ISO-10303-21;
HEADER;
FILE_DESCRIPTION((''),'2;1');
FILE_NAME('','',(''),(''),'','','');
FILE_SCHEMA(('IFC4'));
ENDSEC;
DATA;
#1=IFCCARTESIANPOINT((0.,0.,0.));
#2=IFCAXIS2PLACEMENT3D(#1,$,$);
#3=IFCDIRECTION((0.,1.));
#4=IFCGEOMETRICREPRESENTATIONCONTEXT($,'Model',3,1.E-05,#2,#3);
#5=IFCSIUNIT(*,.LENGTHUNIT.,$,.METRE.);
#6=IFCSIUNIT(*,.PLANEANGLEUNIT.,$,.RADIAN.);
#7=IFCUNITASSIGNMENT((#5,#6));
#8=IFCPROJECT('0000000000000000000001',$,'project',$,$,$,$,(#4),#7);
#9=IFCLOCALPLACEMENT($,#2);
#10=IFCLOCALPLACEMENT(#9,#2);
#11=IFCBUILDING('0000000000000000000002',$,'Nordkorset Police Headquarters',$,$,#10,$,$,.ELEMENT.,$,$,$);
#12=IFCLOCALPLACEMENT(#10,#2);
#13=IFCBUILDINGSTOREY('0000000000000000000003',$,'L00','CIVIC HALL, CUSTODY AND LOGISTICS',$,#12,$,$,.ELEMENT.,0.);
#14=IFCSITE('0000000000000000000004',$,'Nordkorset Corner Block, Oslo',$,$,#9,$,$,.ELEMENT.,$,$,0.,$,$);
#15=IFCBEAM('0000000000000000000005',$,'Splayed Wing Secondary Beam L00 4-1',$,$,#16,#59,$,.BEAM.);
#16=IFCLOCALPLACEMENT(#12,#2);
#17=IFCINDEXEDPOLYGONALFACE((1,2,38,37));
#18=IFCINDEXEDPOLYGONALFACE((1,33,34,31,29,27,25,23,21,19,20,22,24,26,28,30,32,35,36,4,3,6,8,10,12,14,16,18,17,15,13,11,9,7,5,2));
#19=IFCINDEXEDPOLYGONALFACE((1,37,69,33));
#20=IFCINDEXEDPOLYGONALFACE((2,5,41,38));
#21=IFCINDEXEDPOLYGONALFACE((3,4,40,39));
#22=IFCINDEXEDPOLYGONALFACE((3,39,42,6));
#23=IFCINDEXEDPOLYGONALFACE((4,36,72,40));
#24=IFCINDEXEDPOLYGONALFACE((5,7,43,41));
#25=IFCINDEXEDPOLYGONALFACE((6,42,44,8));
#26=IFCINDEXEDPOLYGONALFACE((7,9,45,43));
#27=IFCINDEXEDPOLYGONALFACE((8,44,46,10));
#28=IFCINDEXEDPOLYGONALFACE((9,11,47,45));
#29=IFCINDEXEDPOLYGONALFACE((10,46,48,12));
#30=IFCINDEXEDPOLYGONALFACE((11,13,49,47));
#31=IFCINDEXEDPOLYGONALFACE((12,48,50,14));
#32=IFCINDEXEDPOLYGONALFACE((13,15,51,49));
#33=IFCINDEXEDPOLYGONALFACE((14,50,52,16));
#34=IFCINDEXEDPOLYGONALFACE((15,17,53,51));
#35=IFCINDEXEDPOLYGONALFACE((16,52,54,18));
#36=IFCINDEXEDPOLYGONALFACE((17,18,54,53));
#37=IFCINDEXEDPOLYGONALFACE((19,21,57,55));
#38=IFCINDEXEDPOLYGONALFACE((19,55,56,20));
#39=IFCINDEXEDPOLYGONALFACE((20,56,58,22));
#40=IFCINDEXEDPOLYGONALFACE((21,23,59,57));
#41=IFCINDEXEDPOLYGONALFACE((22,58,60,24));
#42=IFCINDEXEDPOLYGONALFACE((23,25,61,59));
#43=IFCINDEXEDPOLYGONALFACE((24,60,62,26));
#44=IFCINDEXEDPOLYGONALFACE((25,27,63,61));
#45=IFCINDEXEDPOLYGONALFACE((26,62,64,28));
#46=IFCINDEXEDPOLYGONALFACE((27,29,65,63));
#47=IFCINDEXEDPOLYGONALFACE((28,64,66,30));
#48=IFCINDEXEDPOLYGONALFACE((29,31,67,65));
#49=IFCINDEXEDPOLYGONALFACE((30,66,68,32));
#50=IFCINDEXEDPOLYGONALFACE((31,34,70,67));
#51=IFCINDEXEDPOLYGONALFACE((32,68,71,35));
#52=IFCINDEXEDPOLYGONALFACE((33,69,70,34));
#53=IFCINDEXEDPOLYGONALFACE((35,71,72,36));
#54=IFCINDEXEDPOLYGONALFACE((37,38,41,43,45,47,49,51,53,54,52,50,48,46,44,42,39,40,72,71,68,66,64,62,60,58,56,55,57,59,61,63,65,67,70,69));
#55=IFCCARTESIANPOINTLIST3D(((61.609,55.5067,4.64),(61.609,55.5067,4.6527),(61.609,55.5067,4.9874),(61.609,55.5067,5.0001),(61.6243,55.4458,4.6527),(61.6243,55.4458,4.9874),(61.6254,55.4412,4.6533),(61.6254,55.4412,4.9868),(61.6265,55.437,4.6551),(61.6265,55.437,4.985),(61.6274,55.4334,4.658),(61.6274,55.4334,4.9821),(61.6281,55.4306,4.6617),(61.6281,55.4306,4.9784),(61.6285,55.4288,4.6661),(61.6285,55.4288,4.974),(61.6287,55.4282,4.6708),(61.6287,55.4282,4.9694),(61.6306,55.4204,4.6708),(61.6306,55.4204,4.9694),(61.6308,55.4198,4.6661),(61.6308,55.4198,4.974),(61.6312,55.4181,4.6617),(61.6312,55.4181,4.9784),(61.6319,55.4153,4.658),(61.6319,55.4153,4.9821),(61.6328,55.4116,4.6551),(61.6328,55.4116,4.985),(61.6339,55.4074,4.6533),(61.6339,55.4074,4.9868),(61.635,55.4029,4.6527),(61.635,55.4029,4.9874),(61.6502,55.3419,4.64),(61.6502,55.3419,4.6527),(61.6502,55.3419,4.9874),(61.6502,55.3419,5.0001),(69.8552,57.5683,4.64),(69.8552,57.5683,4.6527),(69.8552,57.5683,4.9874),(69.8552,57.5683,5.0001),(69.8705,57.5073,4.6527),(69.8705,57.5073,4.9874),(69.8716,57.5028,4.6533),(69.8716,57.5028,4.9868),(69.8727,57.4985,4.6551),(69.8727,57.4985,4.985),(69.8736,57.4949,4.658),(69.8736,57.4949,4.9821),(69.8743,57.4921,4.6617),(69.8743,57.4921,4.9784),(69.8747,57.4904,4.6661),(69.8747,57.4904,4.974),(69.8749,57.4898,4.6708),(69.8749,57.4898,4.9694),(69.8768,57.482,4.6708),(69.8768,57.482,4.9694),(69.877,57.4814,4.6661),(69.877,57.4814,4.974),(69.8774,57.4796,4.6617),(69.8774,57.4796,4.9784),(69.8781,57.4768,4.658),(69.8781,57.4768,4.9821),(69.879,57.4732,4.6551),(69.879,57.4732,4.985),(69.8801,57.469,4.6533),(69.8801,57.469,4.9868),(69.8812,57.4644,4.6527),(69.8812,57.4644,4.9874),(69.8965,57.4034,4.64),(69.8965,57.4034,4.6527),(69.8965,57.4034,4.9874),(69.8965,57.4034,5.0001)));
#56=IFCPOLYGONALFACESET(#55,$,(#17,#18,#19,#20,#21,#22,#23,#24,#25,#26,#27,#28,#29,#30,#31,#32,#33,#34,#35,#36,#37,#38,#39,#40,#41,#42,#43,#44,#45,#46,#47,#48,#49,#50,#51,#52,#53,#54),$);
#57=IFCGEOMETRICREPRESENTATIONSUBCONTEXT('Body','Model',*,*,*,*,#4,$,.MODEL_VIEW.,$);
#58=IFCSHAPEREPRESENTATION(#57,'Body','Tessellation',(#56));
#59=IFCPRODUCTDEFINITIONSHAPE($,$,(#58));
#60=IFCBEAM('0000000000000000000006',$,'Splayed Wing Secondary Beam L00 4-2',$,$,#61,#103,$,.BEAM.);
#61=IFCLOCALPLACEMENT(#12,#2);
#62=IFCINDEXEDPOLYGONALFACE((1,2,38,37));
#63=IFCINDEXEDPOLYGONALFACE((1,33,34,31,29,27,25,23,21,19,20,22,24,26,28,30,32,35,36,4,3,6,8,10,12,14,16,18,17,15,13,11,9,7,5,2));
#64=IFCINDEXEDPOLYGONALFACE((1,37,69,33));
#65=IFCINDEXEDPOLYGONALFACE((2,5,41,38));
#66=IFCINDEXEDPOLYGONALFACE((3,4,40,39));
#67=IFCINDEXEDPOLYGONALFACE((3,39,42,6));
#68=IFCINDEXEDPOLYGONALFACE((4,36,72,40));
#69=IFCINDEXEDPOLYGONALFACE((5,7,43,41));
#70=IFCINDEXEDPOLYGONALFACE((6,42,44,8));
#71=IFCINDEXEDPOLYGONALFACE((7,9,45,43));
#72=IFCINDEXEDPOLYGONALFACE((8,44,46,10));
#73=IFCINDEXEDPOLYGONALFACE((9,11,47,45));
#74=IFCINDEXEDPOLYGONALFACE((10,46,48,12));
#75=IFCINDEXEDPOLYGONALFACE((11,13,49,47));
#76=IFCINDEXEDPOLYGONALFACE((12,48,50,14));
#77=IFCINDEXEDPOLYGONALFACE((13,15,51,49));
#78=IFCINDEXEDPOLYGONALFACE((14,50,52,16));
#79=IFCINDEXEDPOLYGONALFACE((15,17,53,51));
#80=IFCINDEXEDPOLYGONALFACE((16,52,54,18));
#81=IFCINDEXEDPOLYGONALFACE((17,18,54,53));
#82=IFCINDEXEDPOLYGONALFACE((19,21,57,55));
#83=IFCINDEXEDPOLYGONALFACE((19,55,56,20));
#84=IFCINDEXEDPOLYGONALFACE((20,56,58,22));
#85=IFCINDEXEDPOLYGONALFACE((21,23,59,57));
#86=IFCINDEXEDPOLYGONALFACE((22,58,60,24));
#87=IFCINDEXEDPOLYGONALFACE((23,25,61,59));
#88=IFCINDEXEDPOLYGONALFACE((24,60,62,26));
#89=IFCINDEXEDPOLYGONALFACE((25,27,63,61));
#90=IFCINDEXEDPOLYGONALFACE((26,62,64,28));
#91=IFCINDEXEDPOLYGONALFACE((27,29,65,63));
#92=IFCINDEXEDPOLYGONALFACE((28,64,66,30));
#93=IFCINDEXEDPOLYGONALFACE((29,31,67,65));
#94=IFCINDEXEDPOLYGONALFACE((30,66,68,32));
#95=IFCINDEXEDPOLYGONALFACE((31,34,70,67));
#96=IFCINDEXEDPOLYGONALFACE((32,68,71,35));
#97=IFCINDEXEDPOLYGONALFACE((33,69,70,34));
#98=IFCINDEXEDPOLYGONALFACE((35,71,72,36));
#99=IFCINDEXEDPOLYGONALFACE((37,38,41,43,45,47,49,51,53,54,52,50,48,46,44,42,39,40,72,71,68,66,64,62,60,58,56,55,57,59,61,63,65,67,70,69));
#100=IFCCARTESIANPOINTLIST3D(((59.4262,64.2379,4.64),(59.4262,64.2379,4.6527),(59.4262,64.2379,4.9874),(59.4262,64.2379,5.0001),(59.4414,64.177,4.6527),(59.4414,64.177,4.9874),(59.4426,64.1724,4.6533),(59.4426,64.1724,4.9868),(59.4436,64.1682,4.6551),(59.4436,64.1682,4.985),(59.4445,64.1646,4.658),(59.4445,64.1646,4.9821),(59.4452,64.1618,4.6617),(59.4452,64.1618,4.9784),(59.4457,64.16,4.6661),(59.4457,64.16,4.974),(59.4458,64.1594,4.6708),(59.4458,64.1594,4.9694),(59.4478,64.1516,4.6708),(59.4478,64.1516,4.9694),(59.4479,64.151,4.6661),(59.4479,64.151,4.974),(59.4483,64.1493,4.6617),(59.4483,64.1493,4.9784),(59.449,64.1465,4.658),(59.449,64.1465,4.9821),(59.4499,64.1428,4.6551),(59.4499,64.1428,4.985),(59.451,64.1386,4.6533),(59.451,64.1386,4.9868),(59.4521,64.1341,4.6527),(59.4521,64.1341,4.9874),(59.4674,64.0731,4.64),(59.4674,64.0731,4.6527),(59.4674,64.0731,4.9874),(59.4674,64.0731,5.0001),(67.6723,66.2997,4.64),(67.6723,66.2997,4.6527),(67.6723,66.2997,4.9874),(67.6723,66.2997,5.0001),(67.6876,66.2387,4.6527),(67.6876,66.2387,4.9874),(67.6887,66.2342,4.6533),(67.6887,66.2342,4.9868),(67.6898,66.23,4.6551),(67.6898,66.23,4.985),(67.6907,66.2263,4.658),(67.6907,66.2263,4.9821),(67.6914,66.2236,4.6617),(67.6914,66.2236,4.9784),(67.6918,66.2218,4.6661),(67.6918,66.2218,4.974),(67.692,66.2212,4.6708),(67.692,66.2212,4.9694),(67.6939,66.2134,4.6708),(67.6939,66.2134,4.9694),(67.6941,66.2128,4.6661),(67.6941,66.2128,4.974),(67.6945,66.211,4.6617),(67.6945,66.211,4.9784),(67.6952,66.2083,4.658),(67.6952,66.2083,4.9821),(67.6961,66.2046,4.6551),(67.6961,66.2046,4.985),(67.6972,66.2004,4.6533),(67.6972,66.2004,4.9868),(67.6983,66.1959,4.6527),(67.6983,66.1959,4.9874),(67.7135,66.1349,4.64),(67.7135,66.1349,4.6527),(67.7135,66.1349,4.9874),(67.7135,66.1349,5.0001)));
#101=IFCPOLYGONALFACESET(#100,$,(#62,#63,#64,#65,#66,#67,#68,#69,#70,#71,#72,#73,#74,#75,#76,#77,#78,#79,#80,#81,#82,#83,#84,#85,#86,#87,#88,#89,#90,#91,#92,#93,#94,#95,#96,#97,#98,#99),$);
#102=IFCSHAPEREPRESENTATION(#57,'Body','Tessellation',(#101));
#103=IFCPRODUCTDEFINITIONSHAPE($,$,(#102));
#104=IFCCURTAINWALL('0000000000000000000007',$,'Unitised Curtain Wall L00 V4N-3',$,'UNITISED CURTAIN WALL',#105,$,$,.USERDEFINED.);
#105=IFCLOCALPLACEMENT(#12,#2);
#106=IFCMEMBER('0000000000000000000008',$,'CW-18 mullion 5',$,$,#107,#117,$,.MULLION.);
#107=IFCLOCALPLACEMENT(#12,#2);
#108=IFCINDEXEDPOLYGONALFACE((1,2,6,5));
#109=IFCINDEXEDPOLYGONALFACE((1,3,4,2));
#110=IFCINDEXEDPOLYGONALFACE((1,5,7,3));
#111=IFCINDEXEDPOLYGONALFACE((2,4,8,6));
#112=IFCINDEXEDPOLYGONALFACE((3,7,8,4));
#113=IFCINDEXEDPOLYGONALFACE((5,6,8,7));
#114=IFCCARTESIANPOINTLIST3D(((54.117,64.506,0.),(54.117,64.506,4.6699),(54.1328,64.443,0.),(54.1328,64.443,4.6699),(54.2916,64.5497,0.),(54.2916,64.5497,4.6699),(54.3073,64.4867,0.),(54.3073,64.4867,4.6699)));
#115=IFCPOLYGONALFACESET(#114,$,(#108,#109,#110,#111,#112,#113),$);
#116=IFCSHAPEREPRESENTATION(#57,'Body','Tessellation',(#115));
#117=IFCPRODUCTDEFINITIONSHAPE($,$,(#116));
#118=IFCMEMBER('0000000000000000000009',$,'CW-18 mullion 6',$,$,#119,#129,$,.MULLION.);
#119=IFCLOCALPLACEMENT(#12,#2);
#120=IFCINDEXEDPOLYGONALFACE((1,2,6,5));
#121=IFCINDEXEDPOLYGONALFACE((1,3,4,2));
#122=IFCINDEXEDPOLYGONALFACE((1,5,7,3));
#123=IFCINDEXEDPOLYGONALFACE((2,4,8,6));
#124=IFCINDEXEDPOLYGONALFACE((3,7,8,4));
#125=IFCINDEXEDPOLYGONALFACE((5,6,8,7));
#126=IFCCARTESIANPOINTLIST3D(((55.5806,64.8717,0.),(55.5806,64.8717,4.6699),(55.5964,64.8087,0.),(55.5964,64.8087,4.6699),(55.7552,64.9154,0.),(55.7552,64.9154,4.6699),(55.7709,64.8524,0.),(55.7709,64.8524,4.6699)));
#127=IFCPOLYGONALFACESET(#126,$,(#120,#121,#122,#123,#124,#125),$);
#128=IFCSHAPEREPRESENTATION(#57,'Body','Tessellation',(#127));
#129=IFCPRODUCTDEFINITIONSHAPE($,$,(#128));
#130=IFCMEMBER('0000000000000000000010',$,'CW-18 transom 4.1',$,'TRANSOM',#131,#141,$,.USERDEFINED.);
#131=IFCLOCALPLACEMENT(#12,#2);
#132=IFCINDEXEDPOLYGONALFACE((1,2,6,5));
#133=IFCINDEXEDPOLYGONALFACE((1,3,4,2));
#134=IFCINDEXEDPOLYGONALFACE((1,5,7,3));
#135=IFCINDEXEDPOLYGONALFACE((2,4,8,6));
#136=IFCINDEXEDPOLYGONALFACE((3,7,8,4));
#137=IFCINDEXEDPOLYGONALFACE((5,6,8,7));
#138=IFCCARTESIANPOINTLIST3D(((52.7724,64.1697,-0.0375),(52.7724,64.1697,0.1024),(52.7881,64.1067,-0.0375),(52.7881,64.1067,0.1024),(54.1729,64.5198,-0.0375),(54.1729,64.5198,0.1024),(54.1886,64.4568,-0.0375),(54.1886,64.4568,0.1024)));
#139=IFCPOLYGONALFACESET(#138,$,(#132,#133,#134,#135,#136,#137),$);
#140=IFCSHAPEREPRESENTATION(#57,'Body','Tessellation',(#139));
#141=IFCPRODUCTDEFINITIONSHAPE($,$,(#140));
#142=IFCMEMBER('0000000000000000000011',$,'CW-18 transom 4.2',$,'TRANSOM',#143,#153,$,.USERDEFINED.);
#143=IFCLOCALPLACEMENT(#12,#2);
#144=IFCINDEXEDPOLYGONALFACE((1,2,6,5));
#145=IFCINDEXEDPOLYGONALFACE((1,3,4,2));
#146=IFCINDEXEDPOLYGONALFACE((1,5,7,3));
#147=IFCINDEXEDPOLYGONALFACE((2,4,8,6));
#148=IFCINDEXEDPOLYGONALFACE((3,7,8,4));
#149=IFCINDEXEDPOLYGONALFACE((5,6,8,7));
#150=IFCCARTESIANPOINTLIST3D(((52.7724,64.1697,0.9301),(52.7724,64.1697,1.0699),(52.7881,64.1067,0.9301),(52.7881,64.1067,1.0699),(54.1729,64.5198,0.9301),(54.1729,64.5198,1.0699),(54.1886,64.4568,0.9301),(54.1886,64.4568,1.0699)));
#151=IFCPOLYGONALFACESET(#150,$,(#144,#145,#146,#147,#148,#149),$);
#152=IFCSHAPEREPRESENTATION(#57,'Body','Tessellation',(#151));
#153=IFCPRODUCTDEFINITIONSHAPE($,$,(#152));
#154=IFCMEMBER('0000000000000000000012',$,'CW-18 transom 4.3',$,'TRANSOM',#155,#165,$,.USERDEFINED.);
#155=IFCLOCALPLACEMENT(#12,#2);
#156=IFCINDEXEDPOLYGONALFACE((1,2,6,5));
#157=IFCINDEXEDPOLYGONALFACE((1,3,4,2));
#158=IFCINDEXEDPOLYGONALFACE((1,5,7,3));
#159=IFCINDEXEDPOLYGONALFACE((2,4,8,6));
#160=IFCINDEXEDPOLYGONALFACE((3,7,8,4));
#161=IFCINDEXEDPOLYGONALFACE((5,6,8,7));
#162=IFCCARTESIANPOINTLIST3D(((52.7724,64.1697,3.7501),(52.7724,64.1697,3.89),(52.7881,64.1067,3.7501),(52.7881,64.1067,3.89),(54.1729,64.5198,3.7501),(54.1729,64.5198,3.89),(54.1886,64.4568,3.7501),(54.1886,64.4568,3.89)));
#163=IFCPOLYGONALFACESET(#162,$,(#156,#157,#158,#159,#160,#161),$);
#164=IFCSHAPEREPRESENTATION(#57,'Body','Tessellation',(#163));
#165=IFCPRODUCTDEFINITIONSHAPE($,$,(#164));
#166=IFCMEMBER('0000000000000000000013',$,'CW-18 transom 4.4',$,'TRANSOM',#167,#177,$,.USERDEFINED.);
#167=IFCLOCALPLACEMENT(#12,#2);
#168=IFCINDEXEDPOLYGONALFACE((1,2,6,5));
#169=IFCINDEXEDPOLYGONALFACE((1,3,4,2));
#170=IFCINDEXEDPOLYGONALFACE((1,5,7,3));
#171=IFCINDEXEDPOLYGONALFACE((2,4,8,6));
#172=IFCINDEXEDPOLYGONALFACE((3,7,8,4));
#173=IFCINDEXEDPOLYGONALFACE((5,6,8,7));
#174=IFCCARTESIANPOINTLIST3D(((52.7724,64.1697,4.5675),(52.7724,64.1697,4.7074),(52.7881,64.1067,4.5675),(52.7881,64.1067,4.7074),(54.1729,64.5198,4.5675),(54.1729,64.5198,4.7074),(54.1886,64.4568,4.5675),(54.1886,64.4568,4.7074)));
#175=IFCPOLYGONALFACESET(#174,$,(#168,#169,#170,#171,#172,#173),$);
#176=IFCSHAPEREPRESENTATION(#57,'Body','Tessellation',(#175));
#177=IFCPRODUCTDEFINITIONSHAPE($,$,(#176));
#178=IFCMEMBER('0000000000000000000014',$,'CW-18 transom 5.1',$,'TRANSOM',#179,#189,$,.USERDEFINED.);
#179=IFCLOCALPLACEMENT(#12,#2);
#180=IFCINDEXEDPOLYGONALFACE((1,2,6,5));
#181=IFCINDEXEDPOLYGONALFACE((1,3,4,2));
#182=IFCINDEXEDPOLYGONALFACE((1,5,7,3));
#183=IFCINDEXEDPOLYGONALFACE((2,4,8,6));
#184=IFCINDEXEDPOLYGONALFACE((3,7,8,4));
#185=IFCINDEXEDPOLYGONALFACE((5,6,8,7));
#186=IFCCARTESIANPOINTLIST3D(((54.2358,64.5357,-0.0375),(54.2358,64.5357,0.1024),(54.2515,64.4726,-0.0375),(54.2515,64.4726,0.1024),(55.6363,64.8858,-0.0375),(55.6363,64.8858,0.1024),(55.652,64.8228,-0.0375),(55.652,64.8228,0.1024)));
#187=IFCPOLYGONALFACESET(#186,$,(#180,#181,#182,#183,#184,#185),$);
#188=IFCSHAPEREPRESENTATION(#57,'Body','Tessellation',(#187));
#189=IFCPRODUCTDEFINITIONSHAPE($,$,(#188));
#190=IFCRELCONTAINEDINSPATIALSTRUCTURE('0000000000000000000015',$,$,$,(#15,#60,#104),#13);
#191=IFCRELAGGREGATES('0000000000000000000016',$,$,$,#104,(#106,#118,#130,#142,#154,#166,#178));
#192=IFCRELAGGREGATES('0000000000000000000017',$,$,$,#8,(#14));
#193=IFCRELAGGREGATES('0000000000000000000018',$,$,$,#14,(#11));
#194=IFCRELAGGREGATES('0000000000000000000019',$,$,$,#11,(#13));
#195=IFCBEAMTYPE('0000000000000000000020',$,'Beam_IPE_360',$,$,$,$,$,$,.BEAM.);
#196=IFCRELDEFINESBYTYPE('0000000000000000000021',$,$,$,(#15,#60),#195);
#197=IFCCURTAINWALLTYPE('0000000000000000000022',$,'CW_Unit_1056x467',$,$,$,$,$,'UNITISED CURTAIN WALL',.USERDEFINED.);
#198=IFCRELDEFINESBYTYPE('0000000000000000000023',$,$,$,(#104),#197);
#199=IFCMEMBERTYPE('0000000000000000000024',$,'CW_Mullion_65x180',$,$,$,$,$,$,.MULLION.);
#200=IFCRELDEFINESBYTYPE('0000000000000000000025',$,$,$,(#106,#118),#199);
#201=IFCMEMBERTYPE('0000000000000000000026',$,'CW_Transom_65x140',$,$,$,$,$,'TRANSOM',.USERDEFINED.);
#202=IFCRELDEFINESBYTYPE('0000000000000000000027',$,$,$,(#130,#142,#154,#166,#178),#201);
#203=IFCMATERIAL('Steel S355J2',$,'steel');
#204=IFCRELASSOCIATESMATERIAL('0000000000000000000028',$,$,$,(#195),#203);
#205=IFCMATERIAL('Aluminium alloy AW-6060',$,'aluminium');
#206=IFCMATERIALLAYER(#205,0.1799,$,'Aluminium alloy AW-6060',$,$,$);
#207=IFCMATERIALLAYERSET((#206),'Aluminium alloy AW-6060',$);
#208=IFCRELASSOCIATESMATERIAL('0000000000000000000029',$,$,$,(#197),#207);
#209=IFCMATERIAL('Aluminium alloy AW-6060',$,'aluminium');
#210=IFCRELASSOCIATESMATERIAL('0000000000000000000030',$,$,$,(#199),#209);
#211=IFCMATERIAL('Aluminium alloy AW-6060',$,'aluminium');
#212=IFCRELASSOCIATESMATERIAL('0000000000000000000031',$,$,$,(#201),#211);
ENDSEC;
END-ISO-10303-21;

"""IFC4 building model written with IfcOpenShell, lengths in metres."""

from ifc_helpers import new_model, si_unit, direction, frame, origin, origin_2d, place, context, subcontext, project, spatial, rectangle, i_section, extrude, material, layer, layer_set, material_profile, profile_set, type_object, element, aggregate, save


model = new_model("IFC4")

# Units and contexts
model_context = context("Model", 3, precision=1e-05, world=origin(), true_north=direction((0.0, 1.0)))
body_context = subcontext(model_context, "Body", "Model", "MODEL_VIEW")
ifc_project = project(units=[si_unit("LENGTHUNIT", "METRE"), si_unit("PLANEANGLEUNIT", "RADIAN")], contexts=[model_context])

# Site, building, storey
site_placement = place(None, origin())
site = spatial("IfcSite", under=ifc_project, at=site_placement, Name="Nordkorset Corner Block, Oslo", CompositionType="ELEMENT", RefElevation=0.0)
building_placement = place(site_placement, origin())
building = spatial("IfcBuilding", under=site, at=building_placement, Name="Nordkorset Police Headquarters", CompositionType="ELEMENT")
storey_placement = place(building_placement, origin())
storey = spatial("IfcBuildingStorey", under=building, at=storey_placement, Name="L00", Description="CIVIC HALL, CUSTODY AND LOGISTICS", CompositionType="ELEMENT", Elevation=0.0)

# Beams
ifc_material_1 = material(Name="Steel S355J2", Category="steel")
ifc_material_profile_1 = material_profile(ifc_material_1, i_section(OverallWidth=0.1699, OverallDepth=0.3601, WebThickness=0.0081, FlangeThickness=0.0127, FilletRadius=0.0181, at=origin_2d()), Name="IPE 360")
ifc_profile_set_1 = profile_set([ifc_material_profile_1], Name="Steel S355J2")
beam_type_1 = type_object("IfcBeamType", Name="Beam_IPE_360", PredefinedType="BEAM", material=ifc_profile_set_1)
for number, where, z_axis, x_axis, name in (
    (1, (61.6296, 55.4243, 4.8201), (0.970143, 0.242536, 0.0), (-0.242536, 0.970143, 0.0), "Splayed Wing Secondary Beam L00 4-1"),
    (2, (59.4468, 64.1555, 4.8201), (0.970136, 0.242563, 0.0), (-0.242563, 0.970136, 0.0), "Splayed Wing Secondary Beam L00 4-2"),
):
    element("IfcBeam", number, at=place(storey_placement, frame(where, z_axis=z_axis, x_axis=x_axis)), inside=storey, type_object=beam_type_1, Name=name, PredefinedType="BEAM", context=body_context, shape_type="SweptSolid", body=[
        extrude(i_section(OverallWidth=0.1699, OverallDepth=0.3601, WebThickness=0.0081, FlangeThickness=0.0127, FilletRadius=0.0181, at=origin_2d()), origin(), (0.0, 0.0, 1.0), 8.5),
    ])

# Curtain wall, members
ifc_material_2 = material(Name="Aluminium alloy AW-6060", Category="aluminium")
ifc_layer_1 = layer(ifc_material_2, 0.1799, Name="Aluminium alloy AW-6060")
ifc_layer_set_1 = layer_set([ifc_layer_1], Name="Aluminium alloy AW-6060")
curtain_wall_type = type_object("IfcCurtainWallType", Name="CW_Unit_1056x467", ElementType="UNITISED CURTAIN WALL", PredefinedType="USERDEFINED", material=ifc_layer_set_1)
curtain_wall_placement = place(storey_placement, origin())
curtain_wall = element("IfcCurtainWall", 3, at=curtain_wall_placement, inside=storey, type_object=curtain_wall_type, Name="Unitised Curtain Wall L00 V4N-3", ObjectType="UNITISED CURTAIN WALL", PredefinedType="USERDEFINED")
ifc_material_3 = material(Name="Aluminium alloy AW-6060", Category="aluminium")
ifc_material_profile_2 = material_profile(ifc_material_3, rectangle(XDim=0.0649, YDim=0.1799, at=origin_2d()), Name="ALU MULL 65x180")
ifc_profile_set_2 = profile_set([ifc_material_profile_2], Name="Aluminium alloy AW-6060")
member_type_1 = type_object("IfcMemberType", Name="CW_Mullion_65x180", PredefinedType="MULLION", material=ifc_profile_set_2)
member_1_placement = place(storey_placement, frame((54.2122, 64.4963, 0.0), z_axis=(0.0, 0.0, 1.0), x_axis=(-0.242536, 0.970142, 0.0)))
member_1 = element("IfcMember", 4, at=member_1_placement, type_object=member_type_1, Name="CW-18 mullion 5", PredefinedType="MULLION", context=body_context, shape_type="SweptSolid", body=[
    extrude(rectangle(XDim=0.0649, YDim=0.1799, at=origin_2d()), origin(), (0.0, 0.0, 1.0), 4.6699),
])
member_2_placement = place(storey_placement, frame((55.6758, 64.8621, 0.0), z_axis=(0.0, 0.0, 1.0), x_axis=(-0.242536, 0.970142, 0.0)))
member_2 = element("IfcMember", 5, at=member_2_placement, type_object=member_type_1, Name="CW-18 mullion 6", PredefinedType="MULLION", context=body_context, shape_type="SweptSolid", body=[
    extrude(rectangle(XDim=0.0649, YDim=0.1799, at=origin_2d()), origin(), (0.0, 0.0, 1.0), 4.6699),
])
ifc_material_4 = material(Name="Aluminium alloy AW-6060", Category="aluminium")
ifc_material_profile_3 = material_profile(ifc_material_4, rectangle(XDim=0.0649, YDim=0.1399, at=origin_2d()), Name="ALU TRAN 65x140")
ifc_profile_set_3 = profile_set([ifc_material_profile_3], Name="Aluminium alloy AW-6060")
member_type_2 = type_object("IfcMemberType", Name="CW_Transom_65x140", ElementType="TRANSOM", PredefinedType="USERDEFINED", material=ifc_profile_set_3)
member_3_placement = place(storey_placement, frame((52.7803, 64.1382, 0.0325), z_axis=(0.970143, 0.242536, 0.0), x_axis=(-0.242536, 0.970143, 0.0)))
member_3 = element("IfcMember", 6, at=member_3_placement, type_object=member_type_2, Name="CW-18 transom 4.1", ObjectType="TRANSOM", PredefinedType="USERDEFINED", context=body_context, shape_type="SweptSolid", body=[
    extrude(rectangle(XDim=0.0649, YDim=0.1399, at=origin_2d()), origin(), (0.0, 0.0, 1.0), 1.4436),
])
member_4_placement = place(storey_placement, frame((52.7803, 64.1382, 1.0), z_axis=(0.970143, 0.242536, 0.0), x_axis=(-0.242536, 0.970143, 0.0)))
member_4 = element("IfcMember", 7, at=member_4_placement, type_object=member_type_2, Name="CW-18 transom 4.2", ObjectType="TRANSOM", PredefinedType="USERDEFINED", context=body_context, shape_type="SweptSolid", body=[
    extrude(rectangle(XDim=0.0649, YDim=0.1399, at=origin_2d()), origin(), (0.0, 0.0, 1.0), 1.4436),
])
member_5_placement = place(storey_placement, frame((52.7803, 64.1382, 3.8201), z_axis=(0.970143, 0.242536, 0.0), x_axis=(-0.242536, 0.970143, 0.0)))
member_5 = element("IfcMember", 8, at=member_5_placement, type_object=member_type_2, Name="CW-18 transom 4.3", ObjectType="TRANSOM", PredefinedType="USERDEFINED", context=body_context, shape_type="SweptSolid", body=[
    extrude(rectangle(XDim=0.0649, YDim=0.1399, at=origin_2d()), origin(), (0.0, 0.0, 1.0), 1.4436),
])
member_6_placement = place(storey_placement, frame((52.7803, 64.1382, 4.6375), z_axis=(0.970143, 0.242536, 0.0), x_axis=(-0.242536, 0.970143, 0.0)))
member_6 = element("IfcMember", 9, at=member_6_placement, type_object=member_type_2, Name="CW-18 transom 4.4", ObjectType="TRANSOM", PredefinedType="USERDEFINED", context=body_context, shape_type="SweptSolid", body=[
    extrude(rectangle(XDim=0.0649, YDim=0.1399, at=origin_2d()), origin(), (0.0, 0.0, 1.0), 1.4436),
])
member_7_placement = place(storey_placement, frame((54.2437, 64.5042, 0.0325), z_axis=(0.970143, 0.242536, 0.0), x_axis=(-0.242536, 0.970143, 0.0)))
member_7 = element("IfcMember", 10, at=member_7_placement, type_object=member_type_2, Name="CW-18 transom 5.1", ObjectType="TRANSOM", PredefinedType="USERDEFINED", context=body_context, shape_type="SweptSolid", body=[
    extrude(rectangle(XDim=0.0649, YDim=0.1399, at=origin_2d()), origin(), (0.0, 0.0, 1.0), 1.4436),
])

aggregate(curtain_wall, [member_1, member_2, member_3, member_4, member_5, member_6, member_7])

save(model, "model.ifc")
